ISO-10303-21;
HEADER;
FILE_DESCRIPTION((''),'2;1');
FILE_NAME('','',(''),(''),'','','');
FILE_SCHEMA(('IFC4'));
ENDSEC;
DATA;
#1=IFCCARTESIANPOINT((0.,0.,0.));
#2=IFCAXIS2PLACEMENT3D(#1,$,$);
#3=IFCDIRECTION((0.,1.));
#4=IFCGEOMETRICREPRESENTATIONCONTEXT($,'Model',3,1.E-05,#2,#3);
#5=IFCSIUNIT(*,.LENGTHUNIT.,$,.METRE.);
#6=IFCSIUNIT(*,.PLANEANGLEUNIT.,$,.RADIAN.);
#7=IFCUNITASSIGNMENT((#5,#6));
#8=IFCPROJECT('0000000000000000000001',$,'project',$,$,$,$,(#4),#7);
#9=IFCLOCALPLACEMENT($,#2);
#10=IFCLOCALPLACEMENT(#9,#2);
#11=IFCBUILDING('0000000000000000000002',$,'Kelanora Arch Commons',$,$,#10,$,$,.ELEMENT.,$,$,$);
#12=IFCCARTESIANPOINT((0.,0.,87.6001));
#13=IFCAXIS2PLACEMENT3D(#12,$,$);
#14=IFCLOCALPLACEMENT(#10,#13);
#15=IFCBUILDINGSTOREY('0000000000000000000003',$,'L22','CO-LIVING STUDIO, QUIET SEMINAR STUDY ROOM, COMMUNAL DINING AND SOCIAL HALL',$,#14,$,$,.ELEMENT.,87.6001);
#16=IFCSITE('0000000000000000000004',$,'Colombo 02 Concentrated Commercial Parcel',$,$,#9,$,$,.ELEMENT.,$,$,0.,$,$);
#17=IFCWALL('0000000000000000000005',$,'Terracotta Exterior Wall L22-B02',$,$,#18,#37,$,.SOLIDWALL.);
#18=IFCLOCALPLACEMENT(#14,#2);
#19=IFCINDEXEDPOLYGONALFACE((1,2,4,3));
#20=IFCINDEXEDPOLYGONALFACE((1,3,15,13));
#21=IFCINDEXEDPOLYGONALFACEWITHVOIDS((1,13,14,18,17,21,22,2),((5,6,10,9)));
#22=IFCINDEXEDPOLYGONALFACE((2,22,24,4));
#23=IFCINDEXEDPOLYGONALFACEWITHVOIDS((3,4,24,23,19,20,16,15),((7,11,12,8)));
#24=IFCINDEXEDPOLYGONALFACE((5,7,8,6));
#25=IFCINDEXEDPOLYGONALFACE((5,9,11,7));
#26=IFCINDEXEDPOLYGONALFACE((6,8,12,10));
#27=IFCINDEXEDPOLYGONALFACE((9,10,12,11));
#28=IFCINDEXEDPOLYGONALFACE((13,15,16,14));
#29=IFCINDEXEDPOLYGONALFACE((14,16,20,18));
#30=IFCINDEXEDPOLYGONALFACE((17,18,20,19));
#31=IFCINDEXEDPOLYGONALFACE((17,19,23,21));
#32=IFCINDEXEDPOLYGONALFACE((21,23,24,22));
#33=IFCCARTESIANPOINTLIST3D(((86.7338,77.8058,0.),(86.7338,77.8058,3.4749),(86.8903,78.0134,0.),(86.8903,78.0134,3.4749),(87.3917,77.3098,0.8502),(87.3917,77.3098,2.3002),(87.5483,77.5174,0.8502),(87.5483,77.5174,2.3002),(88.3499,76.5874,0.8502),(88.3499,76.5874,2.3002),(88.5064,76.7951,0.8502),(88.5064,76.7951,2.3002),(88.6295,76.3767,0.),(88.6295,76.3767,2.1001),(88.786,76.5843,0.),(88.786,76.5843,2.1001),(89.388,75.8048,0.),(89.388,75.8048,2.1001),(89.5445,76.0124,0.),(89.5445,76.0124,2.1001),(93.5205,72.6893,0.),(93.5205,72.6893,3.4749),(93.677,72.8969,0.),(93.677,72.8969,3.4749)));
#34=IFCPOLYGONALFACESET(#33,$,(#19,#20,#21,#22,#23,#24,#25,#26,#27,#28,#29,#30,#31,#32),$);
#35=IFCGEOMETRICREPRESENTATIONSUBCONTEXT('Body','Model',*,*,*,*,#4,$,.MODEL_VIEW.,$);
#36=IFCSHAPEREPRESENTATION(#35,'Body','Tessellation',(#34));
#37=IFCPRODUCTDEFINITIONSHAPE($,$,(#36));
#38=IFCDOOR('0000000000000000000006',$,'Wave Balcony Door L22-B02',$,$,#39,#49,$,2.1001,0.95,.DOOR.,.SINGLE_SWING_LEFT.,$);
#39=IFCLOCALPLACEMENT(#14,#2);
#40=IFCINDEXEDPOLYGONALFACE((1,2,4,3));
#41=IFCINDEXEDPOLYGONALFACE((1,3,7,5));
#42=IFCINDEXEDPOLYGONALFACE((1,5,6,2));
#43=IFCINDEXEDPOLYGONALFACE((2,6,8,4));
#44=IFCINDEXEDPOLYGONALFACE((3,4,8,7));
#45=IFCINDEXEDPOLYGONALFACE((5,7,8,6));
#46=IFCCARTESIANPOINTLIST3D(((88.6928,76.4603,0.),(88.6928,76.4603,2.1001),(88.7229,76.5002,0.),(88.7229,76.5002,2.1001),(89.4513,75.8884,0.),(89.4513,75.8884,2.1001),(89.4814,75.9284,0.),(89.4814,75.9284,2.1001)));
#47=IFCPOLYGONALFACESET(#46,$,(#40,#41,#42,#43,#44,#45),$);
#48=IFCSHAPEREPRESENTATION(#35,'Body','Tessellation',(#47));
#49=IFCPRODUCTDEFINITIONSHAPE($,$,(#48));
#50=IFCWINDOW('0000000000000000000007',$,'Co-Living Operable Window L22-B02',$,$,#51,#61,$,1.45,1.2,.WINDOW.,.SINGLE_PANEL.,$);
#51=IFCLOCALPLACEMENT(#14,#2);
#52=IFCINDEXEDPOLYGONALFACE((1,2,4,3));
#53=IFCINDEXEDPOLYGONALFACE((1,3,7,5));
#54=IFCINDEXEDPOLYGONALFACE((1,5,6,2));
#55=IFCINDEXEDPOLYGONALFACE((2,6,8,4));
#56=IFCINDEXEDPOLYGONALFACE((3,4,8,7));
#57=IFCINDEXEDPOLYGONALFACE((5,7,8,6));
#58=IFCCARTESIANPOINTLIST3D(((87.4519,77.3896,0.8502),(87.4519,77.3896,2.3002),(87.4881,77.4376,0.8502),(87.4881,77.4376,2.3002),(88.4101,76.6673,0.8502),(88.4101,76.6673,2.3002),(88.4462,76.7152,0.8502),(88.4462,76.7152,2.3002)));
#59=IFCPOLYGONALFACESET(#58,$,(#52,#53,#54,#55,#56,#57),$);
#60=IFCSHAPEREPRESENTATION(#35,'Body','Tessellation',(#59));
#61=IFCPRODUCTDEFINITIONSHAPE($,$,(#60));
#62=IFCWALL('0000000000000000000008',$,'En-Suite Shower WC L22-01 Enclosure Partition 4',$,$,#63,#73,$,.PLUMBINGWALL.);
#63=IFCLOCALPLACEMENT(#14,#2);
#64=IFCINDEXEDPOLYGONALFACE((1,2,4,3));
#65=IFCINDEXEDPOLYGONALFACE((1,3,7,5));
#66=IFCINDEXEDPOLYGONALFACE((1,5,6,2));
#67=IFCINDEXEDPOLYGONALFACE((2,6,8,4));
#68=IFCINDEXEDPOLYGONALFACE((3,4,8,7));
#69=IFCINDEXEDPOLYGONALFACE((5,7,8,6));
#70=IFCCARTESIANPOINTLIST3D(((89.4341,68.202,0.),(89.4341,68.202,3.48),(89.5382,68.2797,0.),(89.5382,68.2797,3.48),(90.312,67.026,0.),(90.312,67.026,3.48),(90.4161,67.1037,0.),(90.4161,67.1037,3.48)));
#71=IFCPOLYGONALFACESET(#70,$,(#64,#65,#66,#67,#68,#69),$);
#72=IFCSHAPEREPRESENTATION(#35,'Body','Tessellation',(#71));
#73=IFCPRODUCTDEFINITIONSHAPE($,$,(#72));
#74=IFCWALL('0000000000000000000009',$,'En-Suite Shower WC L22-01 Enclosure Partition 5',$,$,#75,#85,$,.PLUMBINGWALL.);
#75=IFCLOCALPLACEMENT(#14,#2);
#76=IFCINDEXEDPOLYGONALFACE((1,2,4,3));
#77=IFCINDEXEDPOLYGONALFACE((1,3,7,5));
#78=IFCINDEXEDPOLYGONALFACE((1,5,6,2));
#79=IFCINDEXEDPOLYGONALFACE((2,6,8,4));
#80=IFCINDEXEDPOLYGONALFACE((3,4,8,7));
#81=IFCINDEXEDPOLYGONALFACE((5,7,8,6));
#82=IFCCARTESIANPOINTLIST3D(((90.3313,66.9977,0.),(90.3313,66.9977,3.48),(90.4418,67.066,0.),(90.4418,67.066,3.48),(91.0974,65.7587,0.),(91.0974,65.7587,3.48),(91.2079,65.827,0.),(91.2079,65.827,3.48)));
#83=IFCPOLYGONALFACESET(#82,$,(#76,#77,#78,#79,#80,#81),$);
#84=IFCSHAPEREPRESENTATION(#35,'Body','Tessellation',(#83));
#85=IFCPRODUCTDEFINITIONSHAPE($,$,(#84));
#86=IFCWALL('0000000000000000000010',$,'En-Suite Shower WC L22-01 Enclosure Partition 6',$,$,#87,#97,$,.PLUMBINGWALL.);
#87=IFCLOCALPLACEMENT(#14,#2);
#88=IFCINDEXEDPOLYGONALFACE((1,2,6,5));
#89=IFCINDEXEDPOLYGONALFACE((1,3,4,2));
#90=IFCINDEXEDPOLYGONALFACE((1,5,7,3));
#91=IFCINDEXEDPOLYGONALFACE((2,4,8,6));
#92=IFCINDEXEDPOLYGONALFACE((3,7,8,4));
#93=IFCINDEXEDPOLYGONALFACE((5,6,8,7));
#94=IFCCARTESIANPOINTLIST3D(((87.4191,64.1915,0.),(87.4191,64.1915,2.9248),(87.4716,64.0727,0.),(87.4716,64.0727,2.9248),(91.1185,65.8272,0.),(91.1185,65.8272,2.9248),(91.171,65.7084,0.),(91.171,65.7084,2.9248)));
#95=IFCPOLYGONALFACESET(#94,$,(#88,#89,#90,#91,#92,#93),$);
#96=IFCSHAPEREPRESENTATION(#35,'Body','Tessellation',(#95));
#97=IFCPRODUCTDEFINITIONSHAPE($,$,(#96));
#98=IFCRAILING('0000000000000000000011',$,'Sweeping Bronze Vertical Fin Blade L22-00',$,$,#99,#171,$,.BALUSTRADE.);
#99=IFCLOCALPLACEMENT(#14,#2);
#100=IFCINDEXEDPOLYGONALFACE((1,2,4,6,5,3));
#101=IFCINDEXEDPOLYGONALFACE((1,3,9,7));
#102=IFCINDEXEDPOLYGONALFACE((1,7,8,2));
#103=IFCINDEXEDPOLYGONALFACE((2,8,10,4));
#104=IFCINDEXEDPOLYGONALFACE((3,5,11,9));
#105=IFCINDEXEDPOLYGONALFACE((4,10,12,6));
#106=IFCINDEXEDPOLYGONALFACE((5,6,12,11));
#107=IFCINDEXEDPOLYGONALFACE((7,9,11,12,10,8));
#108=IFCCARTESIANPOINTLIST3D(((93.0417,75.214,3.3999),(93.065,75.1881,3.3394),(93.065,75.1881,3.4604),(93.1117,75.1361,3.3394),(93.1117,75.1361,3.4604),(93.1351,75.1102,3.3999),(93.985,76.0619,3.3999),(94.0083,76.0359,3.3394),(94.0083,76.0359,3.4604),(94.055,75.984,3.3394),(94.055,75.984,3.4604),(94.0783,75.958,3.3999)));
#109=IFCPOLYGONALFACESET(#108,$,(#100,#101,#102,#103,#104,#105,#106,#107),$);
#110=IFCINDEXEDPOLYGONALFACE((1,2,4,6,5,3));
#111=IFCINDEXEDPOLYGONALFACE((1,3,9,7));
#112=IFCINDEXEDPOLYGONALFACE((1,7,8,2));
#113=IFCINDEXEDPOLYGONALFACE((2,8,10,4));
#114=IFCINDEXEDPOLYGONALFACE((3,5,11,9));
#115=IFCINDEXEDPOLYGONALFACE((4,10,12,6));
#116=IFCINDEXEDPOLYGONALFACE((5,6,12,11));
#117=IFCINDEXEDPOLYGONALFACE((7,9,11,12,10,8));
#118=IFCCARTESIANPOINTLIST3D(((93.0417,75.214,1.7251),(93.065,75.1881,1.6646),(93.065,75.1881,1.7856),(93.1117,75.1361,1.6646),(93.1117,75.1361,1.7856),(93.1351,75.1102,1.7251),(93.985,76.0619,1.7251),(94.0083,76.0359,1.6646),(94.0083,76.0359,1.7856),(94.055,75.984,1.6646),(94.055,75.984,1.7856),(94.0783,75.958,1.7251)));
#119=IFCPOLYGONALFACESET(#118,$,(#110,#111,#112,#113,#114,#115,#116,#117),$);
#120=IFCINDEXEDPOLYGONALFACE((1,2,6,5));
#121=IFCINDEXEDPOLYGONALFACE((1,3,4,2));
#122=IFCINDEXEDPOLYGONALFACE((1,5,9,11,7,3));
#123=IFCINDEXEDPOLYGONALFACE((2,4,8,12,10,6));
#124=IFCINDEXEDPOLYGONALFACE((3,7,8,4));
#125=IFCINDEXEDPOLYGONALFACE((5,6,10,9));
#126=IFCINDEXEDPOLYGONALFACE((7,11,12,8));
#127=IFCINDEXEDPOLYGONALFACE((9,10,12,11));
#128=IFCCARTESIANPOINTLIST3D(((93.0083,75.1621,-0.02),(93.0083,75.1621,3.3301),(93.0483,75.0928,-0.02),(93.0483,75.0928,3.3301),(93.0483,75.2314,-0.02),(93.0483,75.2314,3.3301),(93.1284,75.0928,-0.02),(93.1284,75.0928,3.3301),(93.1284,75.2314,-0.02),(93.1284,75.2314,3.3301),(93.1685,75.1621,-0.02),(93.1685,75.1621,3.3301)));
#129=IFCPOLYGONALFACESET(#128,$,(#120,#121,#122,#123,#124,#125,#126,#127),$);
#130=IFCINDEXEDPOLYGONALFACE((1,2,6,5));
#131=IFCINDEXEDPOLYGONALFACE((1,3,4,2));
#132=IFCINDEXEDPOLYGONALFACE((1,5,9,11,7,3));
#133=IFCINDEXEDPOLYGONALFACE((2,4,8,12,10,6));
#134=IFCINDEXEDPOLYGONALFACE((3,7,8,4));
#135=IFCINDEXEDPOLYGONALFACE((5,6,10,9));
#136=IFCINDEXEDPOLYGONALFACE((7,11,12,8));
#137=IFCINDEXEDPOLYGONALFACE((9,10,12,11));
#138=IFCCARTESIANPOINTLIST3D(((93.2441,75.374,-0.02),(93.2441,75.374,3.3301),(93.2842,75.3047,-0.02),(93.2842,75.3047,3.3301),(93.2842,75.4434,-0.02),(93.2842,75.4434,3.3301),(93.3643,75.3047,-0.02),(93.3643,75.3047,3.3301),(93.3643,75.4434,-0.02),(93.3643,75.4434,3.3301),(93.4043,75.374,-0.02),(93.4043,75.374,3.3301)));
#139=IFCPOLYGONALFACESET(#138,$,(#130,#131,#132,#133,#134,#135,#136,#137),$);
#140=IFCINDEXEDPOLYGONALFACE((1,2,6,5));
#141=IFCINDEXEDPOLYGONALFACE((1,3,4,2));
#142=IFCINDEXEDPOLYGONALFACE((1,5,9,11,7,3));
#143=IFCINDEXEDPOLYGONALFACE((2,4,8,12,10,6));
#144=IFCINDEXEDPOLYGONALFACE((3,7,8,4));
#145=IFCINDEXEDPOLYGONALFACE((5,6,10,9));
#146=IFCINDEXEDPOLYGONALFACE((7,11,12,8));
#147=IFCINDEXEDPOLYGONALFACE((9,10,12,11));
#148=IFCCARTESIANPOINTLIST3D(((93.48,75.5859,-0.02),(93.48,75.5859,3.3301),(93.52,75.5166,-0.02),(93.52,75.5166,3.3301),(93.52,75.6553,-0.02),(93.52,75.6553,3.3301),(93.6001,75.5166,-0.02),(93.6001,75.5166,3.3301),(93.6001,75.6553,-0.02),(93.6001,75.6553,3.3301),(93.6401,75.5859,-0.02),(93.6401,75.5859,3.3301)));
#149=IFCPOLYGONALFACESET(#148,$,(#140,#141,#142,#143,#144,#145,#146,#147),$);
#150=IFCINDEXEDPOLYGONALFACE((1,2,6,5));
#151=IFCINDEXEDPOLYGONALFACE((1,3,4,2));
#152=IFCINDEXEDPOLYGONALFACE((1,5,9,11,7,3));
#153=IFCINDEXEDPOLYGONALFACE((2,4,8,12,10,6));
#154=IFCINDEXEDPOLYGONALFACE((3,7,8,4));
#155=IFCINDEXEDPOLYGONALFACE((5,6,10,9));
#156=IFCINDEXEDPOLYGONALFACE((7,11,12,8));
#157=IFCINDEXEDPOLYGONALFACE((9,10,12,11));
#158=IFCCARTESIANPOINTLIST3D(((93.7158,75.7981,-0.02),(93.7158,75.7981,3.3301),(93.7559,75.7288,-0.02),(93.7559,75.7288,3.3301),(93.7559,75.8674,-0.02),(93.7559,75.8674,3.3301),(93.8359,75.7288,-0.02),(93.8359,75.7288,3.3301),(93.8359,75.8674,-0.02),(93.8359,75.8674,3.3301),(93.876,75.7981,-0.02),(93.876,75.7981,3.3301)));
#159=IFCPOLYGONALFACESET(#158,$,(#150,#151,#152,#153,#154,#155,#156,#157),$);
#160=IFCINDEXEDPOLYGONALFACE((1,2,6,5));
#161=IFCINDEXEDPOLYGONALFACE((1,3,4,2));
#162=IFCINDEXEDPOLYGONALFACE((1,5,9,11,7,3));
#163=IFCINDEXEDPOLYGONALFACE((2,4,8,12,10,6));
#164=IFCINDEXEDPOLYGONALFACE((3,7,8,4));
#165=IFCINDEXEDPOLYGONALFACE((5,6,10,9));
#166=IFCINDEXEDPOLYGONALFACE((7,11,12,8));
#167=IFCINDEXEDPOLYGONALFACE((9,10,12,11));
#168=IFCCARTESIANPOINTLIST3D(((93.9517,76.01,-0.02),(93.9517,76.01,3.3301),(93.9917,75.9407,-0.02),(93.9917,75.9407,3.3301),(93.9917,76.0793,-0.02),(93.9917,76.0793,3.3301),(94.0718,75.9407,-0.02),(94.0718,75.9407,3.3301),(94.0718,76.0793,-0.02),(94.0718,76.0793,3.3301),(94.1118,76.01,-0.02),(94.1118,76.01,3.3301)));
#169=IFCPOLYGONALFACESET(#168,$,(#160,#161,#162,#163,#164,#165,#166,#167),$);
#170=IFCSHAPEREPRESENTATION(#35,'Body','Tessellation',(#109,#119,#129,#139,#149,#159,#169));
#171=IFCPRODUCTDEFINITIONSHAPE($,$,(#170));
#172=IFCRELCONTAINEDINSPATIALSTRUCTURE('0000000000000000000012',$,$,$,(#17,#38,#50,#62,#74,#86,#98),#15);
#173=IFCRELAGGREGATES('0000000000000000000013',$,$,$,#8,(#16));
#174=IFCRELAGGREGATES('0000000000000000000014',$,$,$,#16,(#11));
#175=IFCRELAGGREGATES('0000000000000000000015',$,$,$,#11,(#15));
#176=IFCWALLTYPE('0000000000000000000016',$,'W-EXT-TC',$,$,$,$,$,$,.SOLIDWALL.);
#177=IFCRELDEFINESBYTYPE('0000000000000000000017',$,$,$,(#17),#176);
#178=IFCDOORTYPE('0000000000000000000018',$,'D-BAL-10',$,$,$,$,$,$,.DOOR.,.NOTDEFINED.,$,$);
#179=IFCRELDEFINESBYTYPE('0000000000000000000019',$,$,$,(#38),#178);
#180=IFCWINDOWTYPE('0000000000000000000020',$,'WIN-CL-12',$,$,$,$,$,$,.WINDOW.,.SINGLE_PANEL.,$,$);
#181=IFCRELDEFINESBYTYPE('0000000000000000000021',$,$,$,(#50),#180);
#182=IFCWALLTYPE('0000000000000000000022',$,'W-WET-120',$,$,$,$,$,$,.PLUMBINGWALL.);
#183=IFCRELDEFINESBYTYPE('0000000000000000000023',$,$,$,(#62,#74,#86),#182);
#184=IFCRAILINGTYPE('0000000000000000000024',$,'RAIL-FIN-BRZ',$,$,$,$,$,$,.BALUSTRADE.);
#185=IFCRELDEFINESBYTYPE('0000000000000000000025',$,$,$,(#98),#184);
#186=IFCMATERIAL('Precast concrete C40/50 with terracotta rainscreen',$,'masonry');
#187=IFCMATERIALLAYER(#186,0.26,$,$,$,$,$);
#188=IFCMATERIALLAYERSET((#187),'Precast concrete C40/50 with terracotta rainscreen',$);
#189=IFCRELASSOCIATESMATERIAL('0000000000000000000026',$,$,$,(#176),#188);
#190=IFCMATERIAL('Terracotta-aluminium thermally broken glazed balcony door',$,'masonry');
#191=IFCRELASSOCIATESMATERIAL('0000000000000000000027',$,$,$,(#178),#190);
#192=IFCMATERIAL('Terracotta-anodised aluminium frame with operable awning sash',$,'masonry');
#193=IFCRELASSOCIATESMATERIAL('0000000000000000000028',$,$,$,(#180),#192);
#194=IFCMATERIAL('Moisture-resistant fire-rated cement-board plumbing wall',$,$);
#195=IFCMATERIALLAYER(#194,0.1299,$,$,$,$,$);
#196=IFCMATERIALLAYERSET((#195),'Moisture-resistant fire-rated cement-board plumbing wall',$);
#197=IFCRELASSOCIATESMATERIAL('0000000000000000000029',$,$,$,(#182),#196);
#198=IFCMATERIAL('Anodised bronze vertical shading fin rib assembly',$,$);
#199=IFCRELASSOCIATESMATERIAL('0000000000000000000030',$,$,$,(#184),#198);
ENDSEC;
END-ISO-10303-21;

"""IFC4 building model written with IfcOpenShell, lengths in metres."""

from ifc_helpers import new_model, si_unit, direction, frame, frame_2d, origin, place, context, subcontext, project, spatial, polyline, rectangle, outline, extrude, material, layer, layer_set, type_object, element, fill, save


model = new_model("IFC4")

# Units and contexts
model_context = context("Model", 3, precision=1e-05, world=origin(), true_north=direction((0.0, 1.0)))
body_context = subcontext(model_context, "Body", "Model", "MODEL_VIEW")
ifc_project = project(units=[si_unit("LENGTHUNIT", "METRE"), si_unit("PLANEANGLEUNIT", "RADIAN")], contexts=[model_context])

# Site, building, storey
site_placement = place(None, origin())
site = spatial("IfcSite", under=ifc_project, at=site_placement, Name="Colombo 02 Concentrated Commercial Parcel", CompositionType="ELEMENT", RefElevation=0.0)
building_placement = place(site_placement, origin())
building = spatial("IfcBuilding", under=site, at=building_placement, Name="Kelanora Arch Commons", CompositionType="ELEMENT")
storey_placement = place(building_placement, frame((0.0, 0.0, 87.6001)))
storey = spatial("IfcBuildingStorey", under=building, at=storey_placement, Name="L22", Description="CO-LIVING STUDIO, QUIET SEMINAR STUDY ROOM, COMMUNAL DINING AND SOCIAL HALL", CompositionType="ELEMENT", Elevation=87.6001)

# Wall, openings, door, window
ifc_material_1 = material(Name="Precast concrete C40/50 with terracotta rainscreen", Category="masonry")
ifc_layer_1 = layer(ifc_material_1, 0.26)
ifc_layer_set_1 = layer_set([ifc_layer_1], Name="Precast concrete C40/50 with terracotta rainscreen")
wall_type_1 = type_object("IfcWallType", Name="W-EXT-TC", PredefinedType="SOLIDWALL", material=ifc_layer_set_1)
ifc_material_2 = material(Name="Terracotta-aluminium thermally broken glazed balcony door", Category="masonry")
door_type = type_object("IfcDoorType", Name="D-BAL-10", OperationType="NOTDEFINED", PredefinedType="DOOR", material=ifc_material_2)
ifc_material_3 = material(Name="Terracotta-anodised aluminium frame with operable awning sash", Category="masonry")
window_type = type_object("IfcWindowType", Name="WIN-CL-12", PartitioningType="SINGLE_PANEL", PredefinedType="WINDOW", material=ifc_material_3)
wall_1_placement = place(storey_placement, frame((93.5986, 72.7932, 0.0), z_axis=(0.0, 0.0, 1.0), x_axis=(-0.798502, 0.601993, 0.0)))
wall_1 = element("IfcWall", 1, at=wall_1_placement, inside=storey, type_object=wall_type_1, Name="Terracotta Exterior Wall L22-B02", PredefinedType="SOLIDWALL", context=body_context, shape_type="SweptSolid", body=[
    extrude(rectangle(XDim=8.4993, YDim=0.26, at=frame_2d((4.2495, 0.0))), origin(), (0.0, 0.0, 1.0), 3.4749),
])
opening_1_placement = place(wall_1_placement, frame((5.175, 0.0, 0.0)))
opening_1 = element("IfcOpeningElement", 2, at=opening_1_placement, cuts=wall_1, PredefinedType="OPENING", context=body_context, shape_type="SweptSolid", body=[
    extrude(rectangle(XDim=0.95, YDim=2.1001, at=frame_2d((0.4751, 1.05))), frame((0.0, 0.1401, 0.0), z_axis=(0.0, -1.0, 0.0), x_axis=(1.0, 0.0, 0.0)), (0.0, 0.0, 1.0), 0.28),
])
opening_2_placement = place(wall_1_placement, frame((6.4751, 0.0, 0.8501)))
opening_2 = element("IfcOpeningElement", 3, at=opening_2_placement, cuts=wall_1, PredefinedType="OPENING", context=body_context, shape_type="SweptSolid", body=[
    extrude(rectangle(XDim=1.2, YDim=1.45, at=frame_2d((0.6001, 0.7251))), frame((0.0, 0.1401, 0.0), z_axis=(0.0, -1.0, 0.0), x_axis=(1.0, 0.0, 0.0)), (0.0, 0.0, 1.0), 0.28),
])
door_1_placement = place(opening_1_placement, frame((0.95, 0.0, 0.0), z_axis=(0.0, 0.0, 1.0), x_axis=(-1.0, 0.0, 0.0)))
door_1 = element("IfcDoor", 4, at=door_1_placement, inside=storey, type_object=door_type, Name="Wave Balcony Door L22-B02", OperationType="SINGLE_SWING_LEFT", OverallHeight=2.1001, OverallWidth=0.95, PredefinedType="DOOR", context=body_context, shape_type="SweptSolid", body=[
    extrude(rectangle(XDim=0.95, YDim=2.1001, at=frame_2d((0.4751, 1.05))), frame((0.0, 0.0249, 0.0), z_axis=(0.0, -1.0, 0.0), x_axis=(1.0, 0.0, 0.0)), (0.0, 0.0, 1.0), 0.05),
])
fill(opening_1, door_1)
window_1_placement = place(opening_2_placement, origin())
window_1 = element("IfcWindow", 5, at=window_1_placement, inside=storey, type_object=window_type, Name="Co-Living Operable Window L22-B02", OverallHeight=1.45, OverallWidth=1.2, PartitioningType="SINGLE_PANEL", PredefinedType="WINDOW", context=body_context, shape_type="SweptSolid", body=[
    extrude(rectangle(XDim=1.2, YDim=1.45, at=frame_2d((0.6001, 0.7251))), frame((0.0, 0.03, 0.0), z_axis=(0.0, -1.0, 0.0), x_axis=(1.0, 0.0, 0.0)), (0.0, 0.0, 1.0), 0.0601),
])
fill(opening_2, window_1)

# Walls
ifc_material_4 = material(Name="Moisture-resistant fire-rated cement-board plumbing wall")
ifc_layer_2 = layer(ifc_material_4, 0.1299)
ifc_layer_set_2 = layer_set([ifc_layer_2], Name="Moisture-resistant fire-rated cement-board plumbing wall")
wall_type_2 = type_object("IfcWallType", Name="W-WET-120", PredefinedType="PLUMBINGWALL", material=ifc_layer_set_2)
wall_2_placement = place(storey_placement, frame((89.4861, 68.241, 0.0), z_axis=(0.0, 0.0, 1.0), x_axis=(0.598215, -0.801336, 0.0)))
element("IfcWall", 6, at=wall_2_placement, inside=storey, type_object=wall_type_2, Name="En-Suite Shower WC L22-01 Enclosure Partition 4", PredefinedType="PLUMBINGWALL", context=body_context, shape_type="SweptSolid", body=[
    extrude(rectangle(XDim=1.4675, YDim=0.1299, at=frame_2d((0.7339, 0.0))), origin(), (0.0, 0.0, 1.0), 3.48),
])
wall_3_placement = place(storey_placement, frame((90.3865, 67.032, 0.0), z_axis=(0.0, 0.0, 1.0), x_axis=(0.52591, -0.85054, 0.0)))
element("IfcWall", 7, at=wall_3_placement, inside=storey, type_object=wall_type_2, Name="En-Suite Shower WC L22-01 Enclosure Partition 5", PredefinedType="PLUMBINGWALL", context=body_context, shape_type="SweptSolid", body=[
    extrude(rectangle(XDim=1.4568, YDim=0.1299, at=frame_2d((0.7285, 0.0))), origin(), (0.0, 0.0, 1.0), 3.48),
])
wall_4_placement = place(storey_placement, frame((91.1448, 65.7678, 0.0), z_axis=(0.0, 0.0, 1.0), x_axis=(-0.914586, -0.40439, 0.0)))
element("IfcWall", 8, at=wall_4_placement, inside=storey, type_object=wall_type_2, Name="En-Suite Shower WC L22-01 Enclosure Partition 6", PredefinedType="PLUMBINGWALL", context=body_context, shape_type="SweptSolid", body=[
    extrude(rectangle(XDim=4.0449, YDim=0.1299, at=frame_2d((2.0225, 0.0))), origin(), (0.0, 0.0, 1.0), 2.9248),
])

# Railing
ifc_material_5 = material(Name="Anodised bronze vertical shading fin rib assembly")
railing_type = type_object("IfcRailingType", Name="RAIL-FIN-BRZ", PredefinedType="BALUSTRADE", material=ifc_material_5)
railing_1_placement = place(storey_placement, frame((93.0884, 75.1621, -0.02)))
element("IfcRailing", 9, at=railing_1_placement, inside=storey, type_object=railing_type, Name="Sweeping Bronze Vertical Fin Blade L22-00", PredefinedType="BALUSTRADE", context=body_context, shape_type="SweptSolid", body=[
    extrude(outline(polyline([(0.0698, 0.0), (0.0349, 0.0605), (-0.0349, 0.0605), (-0.0698, 0.0), (-0.0349, -0.0605), (0.0349, -0.0605), (0.0698, 0.0)])), frame((0.0, 0.0, 3.4199), z_axis=(0.743734, 0.668475, 0.0), x_axis=(-0.668475, 0.743734, 0.0)), (0.0, 0.0, 1.0), 1.2683),
    extrude(outline(polyline([(0.0698, 0.0), (0.0349, 0.0605), (-0.0349, 0.0605), (-0.0698, 0.0), (-0.0349, -0.0605), (0.0349, -0.0605), (0.0698, 0.0)])), frame((0.0, 0.0, 1.7451), z_axis=(0.743734, 0.668475, 0.0), x_axis=(-0.668475, 0.743734, 0.0)), (0.0, 0.0, 1.0), 1.2683),
    extrude(outline(polyline([(0.0801, 0.0), (0.04, 0.0693), (-0.04, 0.0693), (-0.0801, 0.0), (-0.04, -0.0693), (0.04, -0.0693), (0.0801, 0.0)])), origin(), (0.0, 0.0, 1.0), 3.3501),
    extrude(outline(polyline([(0.0801, 0.0), (0.04, 0.0693), (-0.04, 0.0693), (-0.0801, 0.0), (-0.04, -0.0693), (0.04, -0.0693), (0.0801, 0.0)])), frame((0.2358, 0.2119, 0.0)), (0.0, 0.0, 1.0), 3.3501),
    extrude(outline(polyline([(0.0801, 0.0), (0.04, 0.0693), (-0.04, 0.0693), (-0.0801, 0.0), (-0.04, -0.0693), (0.04, -0.0693), (0.0801, 0.0)])), frame((0.4717, 0.4238, 0.0)), (0.0, 0.0, 1.0), 3.3501),
    extrude(outline(polyline([(0.0801, 0.0), (0.04, 0.0693), (-0.04, 0.0693), (-0.0801, 0.0), (-0.04, -0.0693), (0.04, -0.0693), (0.0801, 0.0)])), frame((0.7075, 0.636, 0.0)), (0.0, 0.0, 1.0), 3.3501),
    extrude(outline(polyline([(0.0801, 0.0), (0.04, 0.0693), (-0.04, 0.0693), (-0.0801, 0.0), (-0.04, -0.0693), (0.04, -0.0693), (0.0801, 0.0)])), frame((0.9434, 0.8479, 0.0)), (0.0, 0.0, 1.0), 3.3501),
])

save(model, "model.ifc")
